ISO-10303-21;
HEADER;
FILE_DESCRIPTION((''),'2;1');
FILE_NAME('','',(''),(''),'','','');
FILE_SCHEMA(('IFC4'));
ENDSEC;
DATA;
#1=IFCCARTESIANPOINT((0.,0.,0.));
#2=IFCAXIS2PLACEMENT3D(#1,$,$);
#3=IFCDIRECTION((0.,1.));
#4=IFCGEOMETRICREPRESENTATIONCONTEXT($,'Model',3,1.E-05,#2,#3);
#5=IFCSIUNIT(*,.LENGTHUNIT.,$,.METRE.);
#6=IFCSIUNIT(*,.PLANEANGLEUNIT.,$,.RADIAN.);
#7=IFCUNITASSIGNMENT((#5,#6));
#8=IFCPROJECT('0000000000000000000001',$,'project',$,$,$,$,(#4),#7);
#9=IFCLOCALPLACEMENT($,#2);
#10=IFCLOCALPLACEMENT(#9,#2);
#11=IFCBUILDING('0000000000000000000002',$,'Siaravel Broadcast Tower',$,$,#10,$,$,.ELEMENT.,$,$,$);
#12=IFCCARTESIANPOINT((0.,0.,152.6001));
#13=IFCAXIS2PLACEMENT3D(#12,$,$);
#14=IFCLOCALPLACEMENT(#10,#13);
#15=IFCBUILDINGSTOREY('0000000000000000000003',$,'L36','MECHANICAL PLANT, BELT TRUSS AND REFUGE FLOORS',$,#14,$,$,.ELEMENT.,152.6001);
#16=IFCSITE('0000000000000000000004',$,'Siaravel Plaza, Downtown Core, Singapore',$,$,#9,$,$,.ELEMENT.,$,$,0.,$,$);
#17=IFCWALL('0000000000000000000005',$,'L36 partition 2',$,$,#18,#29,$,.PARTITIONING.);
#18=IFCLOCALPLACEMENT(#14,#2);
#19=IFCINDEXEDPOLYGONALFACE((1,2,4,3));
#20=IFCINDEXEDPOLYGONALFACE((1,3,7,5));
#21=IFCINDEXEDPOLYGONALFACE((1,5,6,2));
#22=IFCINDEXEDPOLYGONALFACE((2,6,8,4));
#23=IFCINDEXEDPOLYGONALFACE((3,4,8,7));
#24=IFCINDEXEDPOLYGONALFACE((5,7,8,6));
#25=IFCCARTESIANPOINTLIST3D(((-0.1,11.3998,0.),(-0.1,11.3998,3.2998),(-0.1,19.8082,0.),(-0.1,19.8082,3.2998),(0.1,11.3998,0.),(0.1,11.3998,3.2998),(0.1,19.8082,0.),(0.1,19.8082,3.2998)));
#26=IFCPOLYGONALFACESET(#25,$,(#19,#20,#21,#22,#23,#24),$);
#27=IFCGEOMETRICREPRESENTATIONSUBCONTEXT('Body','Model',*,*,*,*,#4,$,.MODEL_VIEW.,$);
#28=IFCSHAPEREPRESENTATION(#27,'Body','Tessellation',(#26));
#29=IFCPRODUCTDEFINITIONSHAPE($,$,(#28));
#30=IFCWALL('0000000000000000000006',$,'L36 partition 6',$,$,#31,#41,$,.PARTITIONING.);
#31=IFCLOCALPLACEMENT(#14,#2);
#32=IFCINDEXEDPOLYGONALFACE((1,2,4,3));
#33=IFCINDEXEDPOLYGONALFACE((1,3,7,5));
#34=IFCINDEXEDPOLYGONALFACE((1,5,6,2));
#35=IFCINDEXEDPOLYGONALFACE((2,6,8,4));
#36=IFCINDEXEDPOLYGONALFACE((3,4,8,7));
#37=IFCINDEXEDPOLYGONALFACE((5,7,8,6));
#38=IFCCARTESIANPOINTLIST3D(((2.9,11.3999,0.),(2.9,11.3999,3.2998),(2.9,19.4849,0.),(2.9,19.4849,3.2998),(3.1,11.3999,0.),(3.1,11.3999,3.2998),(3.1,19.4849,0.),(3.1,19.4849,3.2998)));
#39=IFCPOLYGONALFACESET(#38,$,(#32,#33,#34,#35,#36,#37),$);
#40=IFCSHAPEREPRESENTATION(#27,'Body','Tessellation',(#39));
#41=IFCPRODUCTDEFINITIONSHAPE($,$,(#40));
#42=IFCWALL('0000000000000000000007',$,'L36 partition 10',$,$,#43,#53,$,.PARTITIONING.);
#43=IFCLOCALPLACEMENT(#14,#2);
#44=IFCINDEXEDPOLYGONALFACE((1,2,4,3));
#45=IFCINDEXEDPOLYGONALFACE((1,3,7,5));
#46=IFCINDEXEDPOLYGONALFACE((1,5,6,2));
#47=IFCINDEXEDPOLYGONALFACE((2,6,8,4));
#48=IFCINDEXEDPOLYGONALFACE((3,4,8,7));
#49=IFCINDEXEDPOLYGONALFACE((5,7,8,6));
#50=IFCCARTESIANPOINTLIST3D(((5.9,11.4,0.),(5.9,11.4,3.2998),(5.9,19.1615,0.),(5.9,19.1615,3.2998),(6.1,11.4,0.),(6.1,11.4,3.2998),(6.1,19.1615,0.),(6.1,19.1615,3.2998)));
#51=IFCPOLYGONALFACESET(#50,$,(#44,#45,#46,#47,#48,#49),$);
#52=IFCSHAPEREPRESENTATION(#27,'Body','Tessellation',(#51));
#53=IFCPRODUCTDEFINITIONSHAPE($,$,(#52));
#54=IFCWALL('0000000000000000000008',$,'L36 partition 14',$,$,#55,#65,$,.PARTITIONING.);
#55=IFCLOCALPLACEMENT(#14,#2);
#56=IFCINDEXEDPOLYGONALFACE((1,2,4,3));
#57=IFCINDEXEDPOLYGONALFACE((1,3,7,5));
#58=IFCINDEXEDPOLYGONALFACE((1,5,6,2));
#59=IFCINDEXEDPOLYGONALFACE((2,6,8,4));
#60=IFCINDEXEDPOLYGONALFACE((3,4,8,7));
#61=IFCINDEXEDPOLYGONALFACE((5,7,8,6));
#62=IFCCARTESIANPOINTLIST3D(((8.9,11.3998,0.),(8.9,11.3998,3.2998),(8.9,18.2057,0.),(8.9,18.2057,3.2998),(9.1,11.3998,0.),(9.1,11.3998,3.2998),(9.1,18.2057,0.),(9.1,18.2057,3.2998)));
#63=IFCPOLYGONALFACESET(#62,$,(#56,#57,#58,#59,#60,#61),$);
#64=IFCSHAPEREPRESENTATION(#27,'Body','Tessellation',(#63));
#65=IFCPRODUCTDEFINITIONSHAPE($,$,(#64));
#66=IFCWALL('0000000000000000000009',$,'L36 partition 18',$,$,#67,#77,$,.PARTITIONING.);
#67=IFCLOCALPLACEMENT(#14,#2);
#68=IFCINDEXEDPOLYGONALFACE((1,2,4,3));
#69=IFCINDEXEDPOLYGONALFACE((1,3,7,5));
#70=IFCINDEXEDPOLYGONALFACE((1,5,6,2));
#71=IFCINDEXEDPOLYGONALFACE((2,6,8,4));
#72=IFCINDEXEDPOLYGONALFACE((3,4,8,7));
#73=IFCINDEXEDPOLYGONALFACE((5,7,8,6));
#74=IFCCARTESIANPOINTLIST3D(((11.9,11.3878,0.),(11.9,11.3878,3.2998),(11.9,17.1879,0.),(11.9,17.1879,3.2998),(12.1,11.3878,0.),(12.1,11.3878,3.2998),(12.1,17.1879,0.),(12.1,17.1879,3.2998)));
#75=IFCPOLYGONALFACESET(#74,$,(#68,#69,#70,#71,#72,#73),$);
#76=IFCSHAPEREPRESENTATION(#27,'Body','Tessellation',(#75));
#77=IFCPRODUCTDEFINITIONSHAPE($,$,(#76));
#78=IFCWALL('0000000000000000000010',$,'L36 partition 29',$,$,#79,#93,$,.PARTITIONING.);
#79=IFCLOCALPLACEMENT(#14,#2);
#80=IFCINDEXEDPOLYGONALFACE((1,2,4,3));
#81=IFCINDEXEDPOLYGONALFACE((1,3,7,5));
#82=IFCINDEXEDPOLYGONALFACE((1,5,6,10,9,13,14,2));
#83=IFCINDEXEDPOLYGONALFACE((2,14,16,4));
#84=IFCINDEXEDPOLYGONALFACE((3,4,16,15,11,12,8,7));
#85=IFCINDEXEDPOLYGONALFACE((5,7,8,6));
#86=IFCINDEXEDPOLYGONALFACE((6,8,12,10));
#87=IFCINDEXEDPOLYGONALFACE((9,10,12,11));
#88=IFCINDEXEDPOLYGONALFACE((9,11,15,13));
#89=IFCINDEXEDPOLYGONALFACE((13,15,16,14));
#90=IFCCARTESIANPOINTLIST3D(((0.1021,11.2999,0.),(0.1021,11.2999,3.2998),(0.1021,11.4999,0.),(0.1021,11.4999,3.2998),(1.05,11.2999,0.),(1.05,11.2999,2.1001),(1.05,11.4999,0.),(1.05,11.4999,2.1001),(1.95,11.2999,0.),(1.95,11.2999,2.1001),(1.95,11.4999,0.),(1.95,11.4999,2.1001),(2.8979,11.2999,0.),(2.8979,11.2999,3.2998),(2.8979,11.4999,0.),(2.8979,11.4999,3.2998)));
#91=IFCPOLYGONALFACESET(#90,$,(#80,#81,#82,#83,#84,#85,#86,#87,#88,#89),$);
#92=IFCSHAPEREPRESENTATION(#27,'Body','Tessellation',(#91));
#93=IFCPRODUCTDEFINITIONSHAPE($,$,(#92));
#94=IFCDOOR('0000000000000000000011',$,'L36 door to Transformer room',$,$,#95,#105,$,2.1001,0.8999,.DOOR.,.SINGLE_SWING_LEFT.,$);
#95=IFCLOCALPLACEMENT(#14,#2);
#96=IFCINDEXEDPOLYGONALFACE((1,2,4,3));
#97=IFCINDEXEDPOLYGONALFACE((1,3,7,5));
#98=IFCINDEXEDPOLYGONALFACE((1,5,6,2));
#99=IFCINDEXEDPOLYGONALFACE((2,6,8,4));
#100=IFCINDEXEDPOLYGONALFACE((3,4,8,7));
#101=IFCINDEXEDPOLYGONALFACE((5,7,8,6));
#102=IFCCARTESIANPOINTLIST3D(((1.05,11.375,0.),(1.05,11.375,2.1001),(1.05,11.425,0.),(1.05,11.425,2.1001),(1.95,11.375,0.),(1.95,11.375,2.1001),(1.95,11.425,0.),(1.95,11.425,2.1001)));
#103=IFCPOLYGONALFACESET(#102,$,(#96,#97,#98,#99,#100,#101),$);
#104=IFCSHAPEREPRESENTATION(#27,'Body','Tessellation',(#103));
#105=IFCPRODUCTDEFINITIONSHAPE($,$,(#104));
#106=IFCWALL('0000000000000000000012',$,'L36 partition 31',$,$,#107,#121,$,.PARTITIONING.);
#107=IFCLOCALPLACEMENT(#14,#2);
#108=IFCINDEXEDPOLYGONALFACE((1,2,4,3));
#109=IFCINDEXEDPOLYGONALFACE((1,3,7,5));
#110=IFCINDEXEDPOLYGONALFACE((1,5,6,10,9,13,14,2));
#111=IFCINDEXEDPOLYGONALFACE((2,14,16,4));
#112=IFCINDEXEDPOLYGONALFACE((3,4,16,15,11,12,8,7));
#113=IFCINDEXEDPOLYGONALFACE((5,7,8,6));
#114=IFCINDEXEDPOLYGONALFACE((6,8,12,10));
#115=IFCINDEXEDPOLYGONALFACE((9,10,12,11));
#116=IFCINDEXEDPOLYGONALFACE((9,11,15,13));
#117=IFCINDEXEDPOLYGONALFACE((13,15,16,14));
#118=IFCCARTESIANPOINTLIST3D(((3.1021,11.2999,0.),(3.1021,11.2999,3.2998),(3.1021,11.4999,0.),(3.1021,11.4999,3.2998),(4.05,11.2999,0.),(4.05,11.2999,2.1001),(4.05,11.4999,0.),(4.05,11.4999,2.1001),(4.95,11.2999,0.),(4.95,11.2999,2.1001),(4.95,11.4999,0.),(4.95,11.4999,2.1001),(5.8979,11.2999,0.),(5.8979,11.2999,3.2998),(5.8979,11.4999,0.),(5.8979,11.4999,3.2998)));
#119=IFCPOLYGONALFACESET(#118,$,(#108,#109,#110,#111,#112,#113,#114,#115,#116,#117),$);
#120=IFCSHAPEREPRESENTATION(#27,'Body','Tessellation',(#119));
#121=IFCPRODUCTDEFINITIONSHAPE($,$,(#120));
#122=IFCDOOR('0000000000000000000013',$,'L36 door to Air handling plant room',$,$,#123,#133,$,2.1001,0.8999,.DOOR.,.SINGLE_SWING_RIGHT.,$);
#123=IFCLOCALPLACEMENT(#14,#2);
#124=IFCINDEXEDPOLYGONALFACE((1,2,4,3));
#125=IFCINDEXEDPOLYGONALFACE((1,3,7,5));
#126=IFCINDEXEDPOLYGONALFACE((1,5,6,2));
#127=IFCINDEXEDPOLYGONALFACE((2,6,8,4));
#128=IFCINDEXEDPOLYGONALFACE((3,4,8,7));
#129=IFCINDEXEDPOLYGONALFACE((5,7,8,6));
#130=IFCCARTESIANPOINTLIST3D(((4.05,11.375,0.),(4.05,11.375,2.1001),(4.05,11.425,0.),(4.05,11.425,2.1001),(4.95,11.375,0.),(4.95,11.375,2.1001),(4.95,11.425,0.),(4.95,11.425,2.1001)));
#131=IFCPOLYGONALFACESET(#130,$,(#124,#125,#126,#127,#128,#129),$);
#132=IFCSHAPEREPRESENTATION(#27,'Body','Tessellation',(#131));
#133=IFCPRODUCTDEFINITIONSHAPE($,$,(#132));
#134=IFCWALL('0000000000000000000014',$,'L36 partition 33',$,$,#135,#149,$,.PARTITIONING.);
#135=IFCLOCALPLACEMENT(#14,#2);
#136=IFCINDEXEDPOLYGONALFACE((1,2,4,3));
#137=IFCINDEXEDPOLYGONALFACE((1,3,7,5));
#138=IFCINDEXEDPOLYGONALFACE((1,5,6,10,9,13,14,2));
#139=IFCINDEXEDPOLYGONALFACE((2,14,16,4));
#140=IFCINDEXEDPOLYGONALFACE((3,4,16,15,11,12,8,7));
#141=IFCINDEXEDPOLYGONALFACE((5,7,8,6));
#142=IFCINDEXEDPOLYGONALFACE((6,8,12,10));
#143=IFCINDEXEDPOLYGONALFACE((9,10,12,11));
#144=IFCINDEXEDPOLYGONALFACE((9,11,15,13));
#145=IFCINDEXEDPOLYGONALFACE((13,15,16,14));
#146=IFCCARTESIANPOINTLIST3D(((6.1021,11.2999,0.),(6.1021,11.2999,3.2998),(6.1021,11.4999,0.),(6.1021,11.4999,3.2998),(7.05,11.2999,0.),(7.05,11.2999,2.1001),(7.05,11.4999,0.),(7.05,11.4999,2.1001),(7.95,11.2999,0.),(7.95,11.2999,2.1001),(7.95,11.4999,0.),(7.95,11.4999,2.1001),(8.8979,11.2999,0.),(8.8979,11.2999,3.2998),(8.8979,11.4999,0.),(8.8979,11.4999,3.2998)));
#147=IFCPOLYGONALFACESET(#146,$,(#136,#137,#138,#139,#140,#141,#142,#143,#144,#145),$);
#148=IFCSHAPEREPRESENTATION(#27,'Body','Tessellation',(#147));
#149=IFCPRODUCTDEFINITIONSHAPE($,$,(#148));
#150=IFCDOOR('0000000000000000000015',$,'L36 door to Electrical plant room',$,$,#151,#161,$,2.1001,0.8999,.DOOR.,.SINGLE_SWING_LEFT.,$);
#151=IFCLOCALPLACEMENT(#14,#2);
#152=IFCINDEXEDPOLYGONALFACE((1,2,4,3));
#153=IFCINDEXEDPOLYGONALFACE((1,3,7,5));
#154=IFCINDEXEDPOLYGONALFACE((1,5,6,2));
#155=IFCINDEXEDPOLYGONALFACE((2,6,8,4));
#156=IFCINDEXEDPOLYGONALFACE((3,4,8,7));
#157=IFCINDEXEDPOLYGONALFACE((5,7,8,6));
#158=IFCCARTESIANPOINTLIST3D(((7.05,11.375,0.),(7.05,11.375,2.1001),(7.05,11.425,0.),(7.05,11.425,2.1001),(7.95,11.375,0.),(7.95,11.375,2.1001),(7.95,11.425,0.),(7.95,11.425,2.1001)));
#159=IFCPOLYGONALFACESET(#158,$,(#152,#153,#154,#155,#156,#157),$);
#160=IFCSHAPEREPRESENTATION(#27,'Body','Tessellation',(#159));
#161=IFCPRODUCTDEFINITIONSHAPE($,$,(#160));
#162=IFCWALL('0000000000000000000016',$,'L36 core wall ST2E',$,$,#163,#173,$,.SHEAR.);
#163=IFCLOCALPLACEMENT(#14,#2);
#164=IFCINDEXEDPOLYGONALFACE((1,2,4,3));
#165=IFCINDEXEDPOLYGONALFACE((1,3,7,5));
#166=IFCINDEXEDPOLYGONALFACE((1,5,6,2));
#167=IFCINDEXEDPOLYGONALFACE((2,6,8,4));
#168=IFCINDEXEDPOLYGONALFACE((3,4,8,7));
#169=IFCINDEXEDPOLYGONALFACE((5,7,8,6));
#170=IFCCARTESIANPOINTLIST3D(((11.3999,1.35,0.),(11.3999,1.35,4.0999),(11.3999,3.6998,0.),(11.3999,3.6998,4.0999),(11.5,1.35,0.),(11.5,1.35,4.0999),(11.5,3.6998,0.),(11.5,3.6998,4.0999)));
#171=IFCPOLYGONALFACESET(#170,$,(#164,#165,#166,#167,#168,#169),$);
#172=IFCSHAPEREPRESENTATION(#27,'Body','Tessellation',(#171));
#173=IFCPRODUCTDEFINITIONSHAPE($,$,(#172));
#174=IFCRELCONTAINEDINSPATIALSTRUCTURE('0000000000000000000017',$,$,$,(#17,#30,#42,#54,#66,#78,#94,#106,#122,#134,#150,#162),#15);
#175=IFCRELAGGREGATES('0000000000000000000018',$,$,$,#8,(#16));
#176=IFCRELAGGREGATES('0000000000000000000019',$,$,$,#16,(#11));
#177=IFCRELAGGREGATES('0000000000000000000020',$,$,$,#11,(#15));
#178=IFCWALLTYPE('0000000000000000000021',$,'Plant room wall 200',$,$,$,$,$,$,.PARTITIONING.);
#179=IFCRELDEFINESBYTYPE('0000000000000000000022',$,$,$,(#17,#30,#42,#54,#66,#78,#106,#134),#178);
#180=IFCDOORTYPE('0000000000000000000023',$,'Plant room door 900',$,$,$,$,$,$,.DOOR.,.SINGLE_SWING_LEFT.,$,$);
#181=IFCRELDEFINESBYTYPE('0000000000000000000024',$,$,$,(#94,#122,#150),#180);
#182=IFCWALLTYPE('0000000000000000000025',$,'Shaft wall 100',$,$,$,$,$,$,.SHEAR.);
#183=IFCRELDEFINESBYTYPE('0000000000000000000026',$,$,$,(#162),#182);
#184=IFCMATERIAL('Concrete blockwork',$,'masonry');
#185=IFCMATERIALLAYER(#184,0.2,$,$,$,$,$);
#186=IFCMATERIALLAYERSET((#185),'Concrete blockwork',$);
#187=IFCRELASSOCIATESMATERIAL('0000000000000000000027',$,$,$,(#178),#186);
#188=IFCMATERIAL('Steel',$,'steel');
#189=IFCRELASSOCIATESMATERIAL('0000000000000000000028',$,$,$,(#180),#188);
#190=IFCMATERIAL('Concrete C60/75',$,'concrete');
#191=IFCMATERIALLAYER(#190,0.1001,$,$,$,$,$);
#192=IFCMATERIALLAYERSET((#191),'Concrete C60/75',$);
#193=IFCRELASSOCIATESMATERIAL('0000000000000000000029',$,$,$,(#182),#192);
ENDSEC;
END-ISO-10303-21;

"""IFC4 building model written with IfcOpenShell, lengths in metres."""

from ifc_helpers import new_model, si_unit, direction, frame, frame_2d, origin, place, context, subcontext, project, spatial, rectangle, extrude, material, layer, layer_set, type_object, element, fill, save


model = new_model("IFC4")

# Units and contexts
model_context = context("Model", 3, precision=1e-05, world=origin(), true_north=direction((0.0, 1.0)))
body_context = subcontext(model_context, "Body", "Model", "MODEL_VIEW")
ifc_project = project(units=[si_unit("LENGTHUNIT", "METRE"), si_unit("PLANEANGLEUNIT", "RADIAN")], contexts=[model_context])

# Site, building, storey
site_placement = place(None, origin())
site = spatial("IfcSite", under=ifc_project, at=site_placement, Name="Siaravel Plaza, Downtown Core, Singapore", CompositionType="ELEMENT", RefElevation=0.0)
building_placement = place(site_placement, origin())
building = spatial("IfcBuilding", under=site, at=building_placement, Name="Siaravel Broadcast Tower", CompositionType="ELEMENT")
storey_placement = place(building_placement, frame((0.0, 0.0, 152.6001)))
storey = spatial("IfcBuildingStorey", under=building, at=storey_placement, Name="L36", Description="MECHANICAL PLANT, BELT TRUSS AND REFUGE FLOORS", CompositionType="ELEMENT", Elevation=152.6001)

# Walls
ifc_material_1 = material(Name="Concrete blockwork", Category="masonry")
ifc_layer_1 = layer(ifc_material_1, 0.2)
ifc_layer_set_1 = layer_set([ifc_layer_1], Name="Concrete blockwork")
wall_type_1 = type_object("IfcWallType", Name="Plant room wall 200", PredefinedType="PARTITIONING", material=ifc_layer_set_1)
wall_1_placement = place(storey_placement, frame((0.0, 11.3999, 0.0), z_axis=(0.0, 0.0, 1.0), x_axis=(0.0, 1.0, 0.0)))
element("IfcWall", 1, at=wall_1_placement, inside=storey, type_object=wall_type_1, Name="L36 partition 2", PredefinedType="PARTITIONING", context=body_context, shape_type="SweptSolid", body=[
    extrude(rectangle(XDim=8.4084, YDim=0.2, at=frame_2d((4.2041, 0.0))), origin(), (0.0, 0.0, 1.0), 3.2998),
])
wall_2_placement = place(storey_placement, frame((3.0, 11.3999, 0.0), z_axis=(0.0, 0.0, 1.0), x_axis=(0.0, 1.0, 0.0)))
element("IfcWall", 2, at=wall_2_placement, inside=storey, type_object=wall_type_1, Name="L36 partition 6", PredefinedType="PARTITIONING", context=body_context, shape_type="SweptSolid", body=[
    extrude(rectangle(XDim=8.085, YDim=0.2, at=frame_2d((4.0425, 0.0))), origin(), (0.0, 0.0, 1.0), 3.2998),
])
wall_3_placement = place(storey_placement, frame((6.0, 11.3999, 0.0), z_axis=(0.0, 0.0, 1.0), x_axis=(0.0, 1.0, 0.0)))
element("IfcWall", 3, at=wall_3_placement, inside=storey, type_object=wall_type_1, Name="L36 partition 10", PredefinedType="PARTITIONING", context=body_context, shape_type="SweptSolid", body=[
    extrude(rectangle(XDim=7.7615, YDim=0.2, at=frame_2d((3.8809, 0.0))), origin(), (0.0, 0.0, 1.0), 3.2998),
])
wall_4_placement = place(storey_placement, frame((9.0, 11.3999, 0.0), z_axis=(0.0, 0.0, 1.0), x_axis=(0.0, 1.0, 0.0)))
element("IfcWall", 4, at=wall_4_placement, inside=storey, type_object=wall_type_1, Name="L36 partition 14", PredefinedType="PARTITIONING", context=body_context, shape_type="SweptSolid", body=[
    extrude(rectangle(XDim=6.8059, YDim=0.2, at=frame_2d((3.4028, 0.0))), origin(), (0.0, 0.0, 1.0), 3.2998),
])
wall_5_placement = place(storey_placement, frame((12.0, 11.3879, 0.0), z_axis=(0.0, 0.0, 1.0), x_axis=(0.0, 1.0, 0.0)))
element("IfcWall", 5, at=wall_5_placement, inside=storey, type_object=wall_type_1, Name="L36 partition 18", PredefinedType="PARTITIONING", context=body_context, shape_type="SweptSolid", body=[
    extrude(rectangle(XDim=5.8, YDim=0.2, at=frame_2d((2.8999, 0.0))), origin(), (0.0, 0.0, 1.0), 3.2998),
])

# Walls, openings, doors
wall_6_placement = place(storey_placement, frame((2.8979, 11.3999, 0.0), z_axis=(0.0, 0.0, 1.0), x_axis=(-1.0, 0.0, 0.0)))
wall_6 = element("IfcWall", 6, at=wall_6_placement, inside=storey, type_object=wall_type_1, Name="L36 partition 29", PredefinedType="PARTITIONING", context=body_context, shape_type="SweptSolid", body=[
    extrude(rectangle(XDim=2.7959, YDim=0.2, at=frame_2d((1.3979, 0.0))), origin(), (0.0, 0.0, 1.0), 3.2998),
])
opening_1_placement = place(wall_6_placement, frame((0.948, 0.0, 0.0)))
opening_1 = element("IfcOpeningElement", 7, at=opening_1_placement, cuts=wall_6, PredefinedType="OPENING", context=body_context, shape_type="SweptSolid", body=[
    extrude(rectangle(XDim=0.8999, YDim=2.1001, at=frame_2d((0.45, 1.05))), frame((0.0, 0.1099, 0.0), z_axis=(0.0, -1.0, 0.0), x_axis=(1.0, 0.0, 0.0)), (0.0, 0.0, 1.0), 0.22),
])
ifc_material_2 = material(Name="Steel", Category="steel")
door_type_1 = type_object("IfcDoorType", Name="Plant room door 900", OperationType="SINGLE_SWING_LEFT", PredefinedType="DOOR", material=ifc_material_2)
door_1_placement = place(opening_1_placement, origin())
door_1 = element("IfcDoor", 8, at=door_1_placement, inside=storey, type_object=door_type_1, Name="L36 door to Transformer room", OperationType="SINGLE_SWING_LEFT", OverallHeight=2.1001, OverallWidth=0.8999, PredefinedType="DOOR", context=body_context, shape_type="SweptSolid", body=[
    extrude(rectangle(XDim=0.8999, YDim=2.1001, at=frame_2d((0.45, 1.05))), frame((0.0, 0.0249, 0.0), z_axis=(0.0, -1.0, 0.0), x_axis=(1.0, 0.0, 0.0)), (0.0, 0.0, 1.0), 0.05),
])
fill(opening_1, door_1)
wall_7_placement = place(storey_placement, frame((5.8979, 11.3999, 0.0), z_axis=(0.0, 0.0, 1.0), x_axis=(-1.0, 0.0, 0.0)))
wall_7 = element("IfcWall", 9, at=wall_7_placement, inside=storey, type_object=wall_type_1, Name="L36 partition 31", PredefinedType="PARTITIONING", context=body_context, shape_type="SweptSolid", body=[
    extrude(rectangle(XDim=2.7959, YDim=0.2, at=frame_2d((1.3979, 0.0))), origin(), (0.0, 0.0, 1.0), 3.2998),
])
opening_2_placement = place(wall_7_placement, frame((0.948, 0.0, 0.0)))
opening_2 = element("IfcOpeningElement", 10, at=opening_2_placement, cuts=wall_7, PredefinedType="OPENING", context=body_context, shape_type="SweptSolid", body=[
    extrude(rectangle(XDim=0.8999, YDim=2.1001, at=frame_2d((0.45, 1.05))), frame((0.0, 0.1099, 0.0), z_axis=(0.0, -1.0, 0.0), x_axis=(1.0, 0.0, 0.0)), (0.0, 0.0, 1.0), 0.22),
])
door_2_placement = place(opening_2_placement, origin())
door_2 = element("IfcDoor", 11, at=door_2_placement, inside=storey, type_object=door_type_1, Name="L36 door to Air handling plant room", OperationType="SINGLE_SWING_RIGHT", OverallHeight=2.1001, OverallWidth=0.8999, PredefinedType="DOOR", context=body_context, shape_type="SweptSolid", body=[
    extrude(rectangle(XDim=0.8999, YDim=2.1001, at=frame_2d((0.45, 1.05))), frame((0.0, 0.0249, 0.0), z_axis=(0.0, -1.0, 0.0), x_axis=(1.0, 0.0, 0.0)), (0.0, 0.0, 1.0), 0.05),
])
fill(opening_2, door_2)
wall_8_placement = place(storey_placement, frame((8.8979, 11.3999, 0.0), z_axis=(0.0, 0.0, 1.0), x_axis=(-1.0, 0.0, 0.0)))
wall_8 = element("IfcWall", 12, at=wall_8_placement, inside=storey, type_object=wall_type_1, Name="L36 partition 33", PredefinedType="PARTITIONING", context=body_context, shape_type="SweptSolid", body=[
    extrude(rectangle(XDim=2.7959, YDim=0.2, at=frame_2d((1.3979, 0.0))), origin(), (0.0, 0.0, 1.0), 3.2998),
])
opening_3_placement = place(wall_8_placement, frame((0.948, 0.0, 0.0)))
opening_3 = element("IfcOpeningElement", 13, at=opening_3_placement, cuts=wall_8, PredefinedType="OPENING", context=body_context, shape_type="SweptSolid", body=[
    extrude(rectangle(XDim=0.8999, YDim=2.1001, at=frame_2d((0.45, 1.05))), frame((0.0, 0.1099, 0.0), z_axis=(0.0, -1.0, 0.0), x_axis=(1.0, 0.0, 0.0)), (0.0, 0.0, 1.0), 0.22),
])
door_3_placement = place(opening_3_placement, origin())
door_3 = element("IfcDoor", 14, at=door_3_placement, inside=storey, type_object=door_type_1, Name="L36 door to Electrical plant room", OperationType="SINGLE_SWING_LEFT", OverallHeight=2.1001, OverallWidth=0.8999, PredefinedType="DOOR", context=body_context, shape_type="SweptSolid", body=[
    extrude(rectangle(XDim=0.8999, YDim=2.1001, at=frame_2d((0.45, 1.05))), frame((0.0, 0.0249, 0.0), z_axis=(0.0, -1.0, 0.0), x_axis=(1.0, 0.0, 0.0)), (0.0, 0.0, 1.0), 0.05),
])
fill(opening_3, door_3)

# Wall
ifc_material_3 = material(Name="Concrete C60/75", Category="concrete")
ifc_layer_2 = layer(ifc_material_3, 0.1001)
ifc_layer_set_2 = layer_set([ifc_layer_2], Name="Concrete C60/75")
wall_type_2 = type_object("IfcWallType", Name="Shaft wall 100", PredefinedType="SHEAR", material=ifc_layer_set_2)
wall_9_placement = place(storey_placement, frame((11.45, 1.3501, 0.0), z_axis=(0.0, 0.0, 1.0), x_axis=(0.0, 1.0, 0.0)))
element("IfcWall", 15, at=wall_9_placement, inside=storey, type_object=wall_type_2, Name="L36 core wall ST2E", PredefinedType="SHEAR", context=body_context, shape_type="SweptSolid", body=[
    extrude(rectangle(XDim=2.3499, YDim=0.1001, at=frame_2d((1.1748, 0.0))), origin(), (0.0, 0.0, 1.0), 4.0999),
])

save(model, "model.ifc")
